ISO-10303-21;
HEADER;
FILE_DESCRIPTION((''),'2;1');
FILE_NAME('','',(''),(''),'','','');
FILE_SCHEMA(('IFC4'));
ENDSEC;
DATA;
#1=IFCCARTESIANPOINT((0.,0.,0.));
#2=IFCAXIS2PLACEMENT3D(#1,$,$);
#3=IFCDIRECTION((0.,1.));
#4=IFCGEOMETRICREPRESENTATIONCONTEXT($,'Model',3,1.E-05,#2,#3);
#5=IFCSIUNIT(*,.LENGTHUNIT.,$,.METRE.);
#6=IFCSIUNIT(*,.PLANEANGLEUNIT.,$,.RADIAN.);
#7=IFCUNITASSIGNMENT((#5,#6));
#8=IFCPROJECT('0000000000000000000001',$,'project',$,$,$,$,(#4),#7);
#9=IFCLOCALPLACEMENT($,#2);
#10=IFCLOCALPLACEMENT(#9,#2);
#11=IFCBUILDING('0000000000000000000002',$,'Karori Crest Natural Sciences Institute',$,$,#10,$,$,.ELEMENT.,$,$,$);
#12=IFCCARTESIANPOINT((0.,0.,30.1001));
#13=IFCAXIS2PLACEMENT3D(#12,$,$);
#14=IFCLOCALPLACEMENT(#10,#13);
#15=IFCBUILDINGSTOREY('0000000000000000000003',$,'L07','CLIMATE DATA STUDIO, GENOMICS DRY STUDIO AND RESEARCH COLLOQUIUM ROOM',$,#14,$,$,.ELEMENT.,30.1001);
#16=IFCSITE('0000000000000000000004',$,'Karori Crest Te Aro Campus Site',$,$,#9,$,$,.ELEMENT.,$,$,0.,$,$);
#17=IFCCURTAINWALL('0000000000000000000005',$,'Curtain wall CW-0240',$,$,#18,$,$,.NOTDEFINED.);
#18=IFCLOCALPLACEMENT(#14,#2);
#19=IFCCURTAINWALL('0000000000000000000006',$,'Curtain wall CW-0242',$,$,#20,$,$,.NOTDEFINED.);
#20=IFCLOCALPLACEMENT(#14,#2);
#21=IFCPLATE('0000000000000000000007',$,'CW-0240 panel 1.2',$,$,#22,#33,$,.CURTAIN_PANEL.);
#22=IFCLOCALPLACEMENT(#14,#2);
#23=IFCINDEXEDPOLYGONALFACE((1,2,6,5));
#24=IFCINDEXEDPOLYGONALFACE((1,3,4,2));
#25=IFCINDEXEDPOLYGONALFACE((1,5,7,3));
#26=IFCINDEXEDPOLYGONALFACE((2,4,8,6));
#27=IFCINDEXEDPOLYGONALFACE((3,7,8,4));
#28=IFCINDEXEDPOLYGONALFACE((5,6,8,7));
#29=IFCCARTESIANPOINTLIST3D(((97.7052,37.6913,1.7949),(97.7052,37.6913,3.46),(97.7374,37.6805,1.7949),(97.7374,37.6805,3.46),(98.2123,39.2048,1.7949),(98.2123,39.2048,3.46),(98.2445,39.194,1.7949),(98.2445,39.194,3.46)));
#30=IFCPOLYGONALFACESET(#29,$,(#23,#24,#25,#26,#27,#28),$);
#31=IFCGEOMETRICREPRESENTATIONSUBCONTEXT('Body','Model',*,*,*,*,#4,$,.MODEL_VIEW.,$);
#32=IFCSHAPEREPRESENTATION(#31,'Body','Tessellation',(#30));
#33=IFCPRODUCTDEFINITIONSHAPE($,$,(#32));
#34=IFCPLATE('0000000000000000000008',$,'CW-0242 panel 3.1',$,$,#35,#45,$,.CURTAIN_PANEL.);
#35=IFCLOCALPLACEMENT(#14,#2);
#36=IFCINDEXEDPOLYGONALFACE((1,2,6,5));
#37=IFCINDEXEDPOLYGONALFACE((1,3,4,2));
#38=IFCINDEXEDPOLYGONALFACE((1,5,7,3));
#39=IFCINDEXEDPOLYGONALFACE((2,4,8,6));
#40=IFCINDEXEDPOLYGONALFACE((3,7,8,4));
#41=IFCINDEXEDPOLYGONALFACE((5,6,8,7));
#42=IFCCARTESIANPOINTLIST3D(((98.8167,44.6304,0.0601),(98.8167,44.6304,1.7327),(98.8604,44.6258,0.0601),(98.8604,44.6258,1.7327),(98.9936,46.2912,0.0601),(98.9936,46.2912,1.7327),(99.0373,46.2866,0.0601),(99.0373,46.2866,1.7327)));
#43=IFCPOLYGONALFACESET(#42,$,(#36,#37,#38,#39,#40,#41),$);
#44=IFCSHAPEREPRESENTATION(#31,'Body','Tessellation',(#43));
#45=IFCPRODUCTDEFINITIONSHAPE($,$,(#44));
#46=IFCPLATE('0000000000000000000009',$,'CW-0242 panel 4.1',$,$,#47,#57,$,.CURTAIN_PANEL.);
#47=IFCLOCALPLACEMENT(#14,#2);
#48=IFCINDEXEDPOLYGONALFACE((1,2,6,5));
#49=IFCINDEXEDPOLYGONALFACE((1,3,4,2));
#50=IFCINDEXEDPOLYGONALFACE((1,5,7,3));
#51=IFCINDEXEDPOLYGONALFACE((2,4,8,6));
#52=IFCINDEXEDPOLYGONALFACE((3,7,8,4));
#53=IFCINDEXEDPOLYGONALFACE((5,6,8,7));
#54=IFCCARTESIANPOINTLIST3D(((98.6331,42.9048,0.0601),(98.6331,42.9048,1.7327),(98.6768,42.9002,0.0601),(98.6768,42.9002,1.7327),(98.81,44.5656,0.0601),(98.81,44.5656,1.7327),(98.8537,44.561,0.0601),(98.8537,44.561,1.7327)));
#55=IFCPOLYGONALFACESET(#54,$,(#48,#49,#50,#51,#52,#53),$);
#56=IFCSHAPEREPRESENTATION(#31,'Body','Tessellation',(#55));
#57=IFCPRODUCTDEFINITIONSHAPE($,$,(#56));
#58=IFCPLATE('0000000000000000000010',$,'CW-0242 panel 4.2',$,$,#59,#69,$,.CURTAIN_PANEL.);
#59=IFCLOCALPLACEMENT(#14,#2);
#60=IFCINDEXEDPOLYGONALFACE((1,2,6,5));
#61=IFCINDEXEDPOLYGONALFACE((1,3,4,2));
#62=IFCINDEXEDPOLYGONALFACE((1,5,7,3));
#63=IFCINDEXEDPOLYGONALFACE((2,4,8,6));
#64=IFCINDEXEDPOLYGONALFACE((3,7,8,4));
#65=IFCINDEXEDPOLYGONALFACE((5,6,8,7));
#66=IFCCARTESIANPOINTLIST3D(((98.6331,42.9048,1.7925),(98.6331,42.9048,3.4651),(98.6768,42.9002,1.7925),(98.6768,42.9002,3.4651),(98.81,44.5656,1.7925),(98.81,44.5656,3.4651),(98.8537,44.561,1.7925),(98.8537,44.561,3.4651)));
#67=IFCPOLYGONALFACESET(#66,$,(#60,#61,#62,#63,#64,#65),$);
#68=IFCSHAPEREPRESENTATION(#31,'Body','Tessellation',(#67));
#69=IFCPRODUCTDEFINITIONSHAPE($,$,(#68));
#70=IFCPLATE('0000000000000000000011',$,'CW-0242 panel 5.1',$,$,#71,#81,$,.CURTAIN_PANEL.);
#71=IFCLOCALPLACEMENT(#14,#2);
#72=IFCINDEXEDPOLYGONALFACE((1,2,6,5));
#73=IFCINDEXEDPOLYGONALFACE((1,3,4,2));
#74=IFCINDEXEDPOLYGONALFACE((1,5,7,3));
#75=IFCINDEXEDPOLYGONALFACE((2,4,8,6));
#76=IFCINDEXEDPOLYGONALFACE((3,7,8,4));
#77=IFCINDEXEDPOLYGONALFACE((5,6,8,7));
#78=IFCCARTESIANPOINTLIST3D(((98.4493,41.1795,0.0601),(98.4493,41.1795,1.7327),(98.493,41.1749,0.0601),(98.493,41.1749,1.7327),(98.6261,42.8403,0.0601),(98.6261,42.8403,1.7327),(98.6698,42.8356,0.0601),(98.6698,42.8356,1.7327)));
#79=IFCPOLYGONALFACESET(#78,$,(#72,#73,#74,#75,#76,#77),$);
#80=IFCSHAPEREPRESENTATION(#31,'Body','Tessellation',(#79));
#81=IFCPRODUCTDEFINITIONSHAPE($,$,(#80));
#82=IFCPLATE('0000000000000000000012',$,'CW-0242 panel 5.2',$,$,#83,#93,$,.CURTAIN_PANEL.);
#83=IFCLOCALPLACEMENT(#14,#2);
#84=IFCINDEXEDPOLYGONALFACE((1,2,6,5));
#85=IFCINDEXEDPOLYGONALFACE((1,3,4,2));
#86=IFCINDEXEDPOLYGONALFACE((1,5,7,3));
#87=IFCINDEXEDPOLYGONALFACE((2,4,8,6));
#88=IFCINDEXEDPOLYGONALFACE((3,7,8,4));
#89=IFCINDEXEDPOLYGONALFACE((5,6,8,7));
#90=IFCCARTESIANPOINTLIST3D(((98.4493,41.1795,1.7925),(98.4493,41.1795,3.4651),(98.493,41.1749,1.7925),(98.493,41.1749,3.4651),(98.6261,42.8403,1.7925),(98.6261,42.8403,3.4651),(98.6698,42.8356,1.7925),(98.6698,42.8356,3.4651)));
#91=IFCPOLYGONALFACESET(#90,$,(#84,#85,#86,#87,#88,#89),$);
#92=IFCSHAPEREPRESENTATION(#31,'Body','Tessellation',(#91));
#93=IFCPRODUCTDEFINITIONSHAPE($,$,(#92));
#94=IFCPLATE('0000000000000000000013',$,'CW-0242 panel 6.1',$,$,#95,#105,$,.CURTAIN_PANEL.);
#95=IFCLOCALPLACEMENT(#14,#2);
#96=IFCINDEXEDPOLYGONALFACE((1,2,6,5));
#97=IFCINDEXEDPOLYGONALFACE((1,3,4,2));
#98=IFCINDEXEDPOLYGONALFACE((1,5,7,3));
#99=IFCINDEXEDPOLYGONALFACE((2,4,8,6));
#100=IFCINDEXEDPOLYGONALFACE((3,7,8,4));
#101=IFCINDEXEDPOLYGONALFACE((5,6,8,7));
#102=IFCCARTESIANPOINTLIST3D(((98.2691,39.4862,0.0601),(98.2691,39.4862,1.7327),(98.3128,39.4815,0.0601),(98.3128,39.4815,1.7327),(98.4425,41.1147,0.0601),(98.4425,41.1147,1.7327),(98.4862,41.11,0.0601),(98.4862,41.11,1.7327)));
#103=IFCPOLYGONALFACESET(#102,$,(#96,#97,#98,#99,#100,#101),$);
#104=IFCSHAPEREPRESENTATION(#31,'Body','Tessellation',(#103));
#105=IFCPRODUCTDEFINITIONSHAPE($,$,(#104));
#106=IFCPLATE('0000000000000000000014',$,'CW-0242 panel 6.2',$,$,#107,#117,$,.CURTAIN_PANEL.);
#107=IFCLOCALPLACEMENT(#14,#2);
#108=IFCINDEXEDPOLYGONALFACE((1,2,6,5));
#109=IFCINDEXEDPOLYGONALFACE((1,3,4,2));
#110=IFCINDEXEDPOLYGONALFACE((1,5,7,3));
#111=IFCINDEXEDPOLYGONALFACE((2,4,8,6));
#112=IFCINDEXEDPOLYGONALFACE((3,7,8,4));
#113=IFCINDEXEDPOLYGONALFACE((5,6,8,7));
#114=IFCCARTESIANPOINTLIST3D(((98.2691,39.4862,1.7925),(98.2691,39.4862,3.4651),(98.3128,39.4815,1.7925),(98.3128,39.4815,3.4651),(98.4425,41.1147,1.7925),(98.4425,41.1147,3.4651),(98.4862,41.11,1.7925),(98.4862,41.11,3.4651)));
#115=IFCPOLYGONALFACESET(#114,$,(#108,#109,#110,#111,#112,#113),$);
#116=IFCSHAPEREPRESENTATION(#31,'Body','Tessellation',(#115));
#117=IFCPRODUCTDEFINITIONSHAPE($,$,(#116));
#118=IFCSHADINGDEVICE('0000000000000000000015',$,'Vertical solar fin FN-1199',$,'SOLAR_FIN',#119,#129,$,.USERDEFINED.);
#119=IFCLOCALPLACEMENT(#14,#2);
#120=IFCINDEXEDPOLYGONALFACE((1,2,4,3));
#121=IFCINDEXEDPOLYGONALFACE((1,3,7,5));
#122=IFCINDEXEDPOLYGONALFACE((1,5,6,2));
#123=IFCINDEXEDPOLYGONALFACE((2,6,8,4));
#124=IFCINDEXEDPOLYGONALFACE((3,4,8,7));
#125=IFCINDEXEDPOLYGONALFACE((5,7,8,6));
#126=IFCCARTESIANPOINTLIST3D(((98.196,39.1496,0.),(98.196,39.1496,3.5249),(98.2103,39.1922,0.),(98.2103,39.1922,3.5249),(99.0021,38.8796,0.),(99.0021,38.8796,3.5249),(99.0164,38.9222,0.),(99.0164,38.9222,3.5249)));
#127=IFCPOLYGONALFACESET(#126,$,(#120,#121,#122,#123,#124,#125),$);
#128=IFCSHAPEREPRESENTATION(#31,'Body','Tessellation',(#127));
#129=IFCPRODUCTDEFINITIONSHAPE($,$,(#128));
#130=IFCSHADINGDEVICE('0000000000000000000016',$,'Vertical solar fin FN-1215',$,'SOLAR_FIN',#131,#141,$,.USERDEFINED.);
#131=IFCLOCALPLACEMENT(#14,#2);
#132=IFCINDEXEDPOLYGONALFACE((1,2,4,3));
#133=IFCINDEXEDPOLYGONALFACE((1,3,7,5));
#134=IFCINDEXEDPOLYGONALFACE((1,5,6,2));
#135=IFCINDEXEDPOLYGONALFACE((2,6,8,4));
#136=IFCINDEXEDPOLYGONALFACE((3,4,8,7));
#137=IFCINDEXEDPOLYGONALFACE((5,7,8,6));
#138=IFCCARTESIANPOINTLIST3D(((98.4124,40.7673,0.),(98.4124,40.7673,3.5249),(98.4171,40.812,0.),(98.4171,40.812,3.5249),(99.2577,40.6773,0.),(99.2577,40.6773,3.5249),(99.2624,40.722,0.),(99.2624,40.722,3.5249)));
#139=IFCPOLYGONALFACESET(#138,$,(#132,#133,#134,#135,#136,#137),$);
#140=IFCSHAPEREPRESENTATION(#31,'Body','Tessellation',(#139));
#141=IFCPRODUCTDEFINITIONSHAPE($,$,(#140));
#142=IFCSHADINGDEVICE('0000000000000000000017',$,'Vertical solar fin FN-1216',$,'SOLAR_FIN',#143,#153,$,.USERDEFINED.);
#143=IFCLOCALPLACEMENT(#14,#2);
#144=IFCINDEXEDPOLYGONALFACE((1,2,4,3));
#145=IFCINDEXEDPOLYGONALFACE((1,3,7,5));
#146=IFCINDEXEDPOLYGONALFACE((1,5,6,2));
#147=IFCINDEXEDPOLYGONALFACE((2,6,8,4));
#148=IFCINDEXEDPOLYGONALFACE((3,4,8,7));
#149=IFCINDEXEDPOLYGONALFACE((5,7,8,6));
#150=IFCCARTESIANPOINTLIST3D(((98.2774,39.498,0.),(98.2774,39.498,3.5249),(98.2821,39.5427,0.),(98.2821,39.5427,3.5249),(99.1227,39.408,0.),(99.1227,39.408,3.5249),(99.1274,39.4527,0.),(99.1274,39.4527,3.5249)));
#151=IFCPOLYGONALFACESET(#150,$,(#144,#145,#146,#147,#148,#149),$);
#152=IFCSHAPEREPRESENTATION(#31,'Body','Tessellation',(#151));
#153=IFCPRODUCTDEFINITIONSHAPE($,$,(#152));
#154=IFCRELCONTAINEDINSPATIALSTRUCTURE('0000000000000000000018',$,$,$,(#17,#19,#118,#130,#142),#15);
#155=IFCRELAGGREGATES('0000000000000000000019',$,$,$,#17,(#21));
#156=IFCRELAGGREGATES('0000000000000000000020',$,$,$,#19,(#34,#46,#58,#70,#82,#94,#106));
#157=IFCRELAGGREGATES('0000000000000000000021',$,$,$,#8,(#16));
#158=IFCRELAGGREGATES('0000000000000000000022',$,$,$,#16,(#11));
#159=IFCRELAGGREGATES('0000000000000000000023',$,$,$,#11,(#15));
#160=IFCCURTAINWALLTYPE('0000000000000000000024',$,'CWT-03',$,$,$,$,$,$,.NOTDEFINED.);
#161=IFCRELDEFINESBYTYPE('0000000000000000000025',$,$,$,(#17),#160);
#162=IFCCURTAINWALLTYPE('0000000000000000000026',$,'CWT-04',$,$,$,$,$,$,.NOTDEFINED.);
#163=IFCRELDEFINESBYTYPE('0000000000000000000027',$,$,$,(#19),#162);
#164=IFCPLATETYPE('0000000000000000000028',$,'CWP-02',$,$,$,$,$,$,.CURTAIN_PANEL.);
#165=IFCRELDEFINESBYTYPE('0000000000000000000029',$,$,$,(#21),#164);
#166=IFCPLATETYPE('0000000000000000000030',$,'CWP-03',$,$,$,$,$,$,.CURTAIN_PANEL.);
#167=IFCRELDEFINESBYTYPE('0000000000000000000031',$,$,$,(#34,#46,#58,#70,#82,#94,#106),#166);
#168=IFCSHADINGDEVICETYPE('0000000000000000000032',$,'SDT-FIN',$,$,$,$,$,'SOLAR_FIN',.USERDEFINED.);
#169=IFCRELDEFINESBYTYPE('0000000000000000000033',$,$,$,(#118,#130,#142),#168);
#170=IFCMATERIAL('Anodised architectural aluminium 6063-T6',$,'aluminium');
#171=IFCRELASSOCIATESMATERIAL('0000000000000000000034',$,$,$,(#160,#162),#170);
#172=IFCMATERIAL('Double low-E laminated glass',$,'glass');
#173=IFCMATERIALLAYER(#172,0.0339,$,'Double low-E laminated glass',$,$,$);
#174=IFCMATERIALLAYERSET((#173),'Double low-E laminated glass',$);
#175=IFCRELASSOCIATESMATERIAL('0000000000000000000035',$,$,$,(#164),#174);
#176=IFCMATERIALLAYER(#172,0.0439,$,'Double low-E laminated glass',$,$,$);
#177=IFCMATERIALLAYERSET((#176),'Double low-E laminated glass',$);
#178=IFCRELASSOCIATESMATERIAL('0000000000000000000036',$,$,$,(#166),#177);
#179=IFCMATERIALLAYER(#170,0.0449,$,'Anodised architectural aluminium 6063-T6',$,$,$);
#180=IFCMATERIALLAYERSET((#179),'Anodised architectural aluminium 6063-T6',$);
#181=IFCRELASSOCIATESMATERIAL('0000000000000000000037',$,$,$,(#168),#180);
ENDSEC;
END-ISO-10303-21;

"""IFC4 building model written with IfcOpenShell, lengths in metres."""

from ifc_helpers import new_model, si_unit, direction, frame, origin, origin_2d, place, context, subcontext, project, spatial, rectangle, extrude, material, layer, layer_set, type_object, element, aggregate, save


model = new_model("IFC4")

# Units and contexts
model_context = context("Model", 3, precision=1e-05, world=origin(), true_north=direction((0.0, 1.0)))
body_context = subcontext(model_context, "Body", "Model", "MODEL_VIEW")
ifc_project = project(units=[si_unit("LENGTHUNIT", "METRE"), si_unit("PLANEANGLEUNIT", "RADIAN")], contexts=[model_context])

# Site, building, storey
site_placement = place(None, origin())
site = spatial("IfcSite", under=ifc_project, at=site_placement, Name="Karori Crest Te Aro Campus Site", CompositionType="ELEMENT", RefElevation=0.0)
building_placement = place(site_placement, origin())
building = spatial("IfcBuilding", under=site, at=building_placement, Name="Karori Crest Natural Sciences Institute", CompositionType="ELEMENT")
storey_placement = place(building_placement, frame((0.0, 0.0, 30.1001)))
storey = spatial("IfcBuildingStorey", under=building, at=storey_placement, Name="L07", Description="CLIMATE DATA STUDIO, GENOMICS DRY STUDIO AND RESEARCH COLLOQUIUM ROOM", CompositionType="ELEMENT", Elevation=30.1001)

# Curtain wall
ifc_material_1 = material(Name="Anodised architectural aluminium 6063-T6", Category="aluminium")
curtain_wall_type_1 = type_object("IfcCurtainWallType", Name="CWT-03", PredefinedType="NOTDEFINED", material=ifc_material_1)
curtain_wall_1_placement = place(storey_placement, origin())
curtain_wall_1 = element("IfcCurtainWall", 1, at=curtain_wall_1_placement, inside=storey, type_object=curtain_wall_type_1, Name="Curtain wall CW-0240", PredefinedType="NOTDEFINED")

# Curtain wall
curtain_wall_type_2 = type_object("IfcCurtainWallType", Name="CWT-04", PredefinedType="NOTDEFINED", material=ifc_material_1)
curtain_wall_2_placement = place(storey_placement, origin())
curtain_wall_2 = element("IfcCurtainWall", 2, at=curtain_wall_2_placement, inside=storey, type_object=curtain_wall_type_2, Name="Curtain wall CW-0242", PredefinedType="NOTDEFINED")

# Plates
ifc_material_2 = material(Name="Double low-E laminated glass", Category="glass")
ifc_layer_1 = layer(ifc_material_2, 0.0339, Name="Double low-E laminated glass")
ifc_layer_set_1 = layer_set([ifc_layer_1], Name="Double low-E laminated glass")
plate_type_1 = type_object("IfcPlateType", Name="CWP-02", PredefinedType="CURTAIN_PANEL", material=ifc_layer_set_1)
plate_1_placement = place(storey_placement, frame((97.9749, 38.4426, 1.7949), z_axis=(0.0, 0.0, 1.0), x_axis=(-0.31768, -0.948198, 0.0)))
plate_1 = element("IfcPlate", 3, at=plate_1_placement, type_object=plate_type_1, Name="CW-0240 panel 1.2", PredefinedType="CURTAIN_PANEL", context=body_context, shape_type="SweptSolid", body=[
    extrude(rectangle(XDim=1.5962, YDim=0.0339, at=origin_2d()), origin(), (0.0, 0.0, 1.0), 1.665),
])
aggregate(curtain_wall_1, [plate_1])
ifc_layer_2 = layer(ifc_material_2, 0.0439, Name="Double low-E laminated glass")
ifc_layer_set_2 = layer_set([ifc_layer_2], Name="Double low-E laminated glass")
plate_type_2 = type_object("IfcPlateType", Name="CWP-03", PredefinedType="CURTAIN_PANEL", material=ifc_layer_set_2)
plate_2_placement = place(storey_placement, frame((98.927, 45.4585, 0.0601), z_axis=(0.0, 0.0, 1.0), x_axis=(-0.105886, -0.994378, 0.0)))
plate_2 = element("IfcPlate", 4, at=plate_2_placement, type_object=plate_type_2, Name="CW-0242 panel 3.1", PredefinedType="CURTAIN_PANEL", context=body_context, shape_type="SweptSolid", body=[
    extrude(rectangle(XDim=1.6702, YDim=0.0439, at=origin_2d()), origin(), (0.0, 0.0, 1.0), 1.6726),
])
plate_3_placement = place(storey_placement, frame((98.7434, 43.7329, 0.0601), z_axis=(0.0, 0.0, 1.0), x_axis=(-0.105886, -0.994378, 0.0)))
plate_3 = element("IfcPlate", 5, at=plate_3_placement, type_object=plate_type_2, Name="CW-0242 panel 4.1", PredefinedType="CURTAIN_PANEL", context=body_context, shape_type="SweptSolid", body=[
    extrude(rectangle(XDim=1.6702, YDim=0.0439, at=origin_2d()), origin(), (0.0, 0.0, 1.0), 1.6726),
])
plate_4_placement = place(storey_placement, frame((98.7434, 43.7329, 1.7925), z_axis=(0.0, 0.0, 1.0), x_axis=(-0.105886, -0.994378, 0.0)))
plate_4 = element("IfcPlate", 6, at=plate_4_placement, type_object=plate_type_2, Name="CW-0242 panel 4.2", PredefinedType="CURTAIN_PANEL", context=body_context, shape_type="SweptSolid", body=[
    extrude(rectangle(XDim=1.6702, YDim=0.0439, at=origin_2d()), origin(), (0.0, 0.0, 1.0), 1.6726),
])
plate_5_placement = place(storey_placement, frame((98.5596, 42.0076, 0.0601), z_axis=(0.0, 0.0, 1.0), x_axis=(-0.105886, -0.994378, 0.0)))
plate_5 = element("IfcPlate", 7, at=plate_5_placement, type_object=plate_type_2, Name="CW-0242 panel 5.1", PredefinedType="CURTAIN_PANEL", context=body_context, shape_type="SweptSolid", body=[
    extrude(rectangle(XDim=1.6702, YDim=0.0439, at=origin_2d()), origin(), (0.0, 0.0, 1.0), 1.6726),
])
plate_6_placement = place(storey_placement, frame((98.5596, 42.0076, 1.7925), z_axis=(0.0, 0.0, 1.0), x_axis=(-0.105886, -0.994378, 0.0)))
plate_6 = element("IfcPlate", 8, at=plate_6_placement, type_object=plate_type_2, Name="CW-0242 panel 5.2", PredefinedType="CURTAIN_PANEL", context=body_context, shape_type="SweptSolid", body=[
    extrude(rectangle(XDim=1.6702, YDim=0.0439, at=origin_2d()), origin(), (0.0, 0.0, 1.0), 1.6726),
])
plate_7_placement = place(storey_placement, frame((98.3777, 40.2981, 0.0601), z_axis=(0.0, 0.0, 1.0), x_axis=(-0.105886, -0.994378, 0.0)))
plate_7 = element("IfcPlate", 9, at=plate_7_placement, type_object=plate_type_2, Name="CW-0242 panel 6.1", PredefinedType="CURTAIN_PANEL", context=body_context, shape_type="SweptSolid", body=[
    extrude(rectangle(XDim=1.6377, YDim=0.0439, at=origin_2d()), origin(), (0.0, 0.0, 1.0), 1.6726),
])
plate_8_placement = place(storey_placement, frame((98.3777, 40.2981, 1.7925), z_axis=(0.0, 0.0, 1.0), x_axis=(-0.105886, -0.994378, 0.0)))
plate_8 = element("IfcPlate", 10, at=plate_8_placement, type_object=plate_type_2, Name="CW-0242 panel 6.2", PredefinedType="CURTAIN_PANEL", context=body_context, shape_type="SweptSolid", body=[
    extrude(rectangle(XDim=1.6377, YDim=0.0439, at=origin_2d()), origin(), (0.0, 0.0, 1.0), 1.6726),
])
aggregate(curtain_wall_2, [plate_2, plate_3, plate_4, plate_5, plate_6, plate_7, plate_8])

# Shading devices
ifc_layer_3 = layer(ifc_material_1, 0.0449, Name="Anodised architectural aluminium 6063-T6")
ifc_layer_set_3 = layer_set([ifc_layer_3], Name="Anodised architectural aluminium 6063-T6")
shading_device_type = type_object("IfcShadingDeviceType", Name="SDT-FIN", ElementType="SOLAR_FIN", PredefinedType="USERDEFINED", material=ifc_layer_set_3)
for number, where, z_axis, x_axis, name in (
    (11, (98.6062, 39.0359, 0.0), (0.0, 0.0, 1.0), (0.948198, -0.31768, 0.0), "Vertical solar fin FN-1199"),
    (12, (98.8374, 40.7446, 0.0), (0.0, 0.0, 1.0), (0.994378, -0.105886, 0.0), "Vertical solar fin FN-1215"),
    (13, (98.7024, 39.4753, 0.0), (0.0, 0.0, 1.0), (0.994378, -0.105886, 0.0), "Vertical solar fin FN-1216"),
):
    element("IfcShadingDevice", number, at=place(storey_placement, frame(where, z_axis=z_axis, x_axis=x_axis)), inside=storey, type_object=shading_device_type, Name=name, ObjectType="SOLAR_FIN", PredefinedType="USERDEFINED", context=body_context, shape_type="SweptSolid", body=[
        extrude(rectangle(XDim=0.8501, YDim=0.0449, at=origin_2d()), origin(), (0.0, 0.0, 1.0), 3.5249),
    ])

save(model, "model.ifc")
